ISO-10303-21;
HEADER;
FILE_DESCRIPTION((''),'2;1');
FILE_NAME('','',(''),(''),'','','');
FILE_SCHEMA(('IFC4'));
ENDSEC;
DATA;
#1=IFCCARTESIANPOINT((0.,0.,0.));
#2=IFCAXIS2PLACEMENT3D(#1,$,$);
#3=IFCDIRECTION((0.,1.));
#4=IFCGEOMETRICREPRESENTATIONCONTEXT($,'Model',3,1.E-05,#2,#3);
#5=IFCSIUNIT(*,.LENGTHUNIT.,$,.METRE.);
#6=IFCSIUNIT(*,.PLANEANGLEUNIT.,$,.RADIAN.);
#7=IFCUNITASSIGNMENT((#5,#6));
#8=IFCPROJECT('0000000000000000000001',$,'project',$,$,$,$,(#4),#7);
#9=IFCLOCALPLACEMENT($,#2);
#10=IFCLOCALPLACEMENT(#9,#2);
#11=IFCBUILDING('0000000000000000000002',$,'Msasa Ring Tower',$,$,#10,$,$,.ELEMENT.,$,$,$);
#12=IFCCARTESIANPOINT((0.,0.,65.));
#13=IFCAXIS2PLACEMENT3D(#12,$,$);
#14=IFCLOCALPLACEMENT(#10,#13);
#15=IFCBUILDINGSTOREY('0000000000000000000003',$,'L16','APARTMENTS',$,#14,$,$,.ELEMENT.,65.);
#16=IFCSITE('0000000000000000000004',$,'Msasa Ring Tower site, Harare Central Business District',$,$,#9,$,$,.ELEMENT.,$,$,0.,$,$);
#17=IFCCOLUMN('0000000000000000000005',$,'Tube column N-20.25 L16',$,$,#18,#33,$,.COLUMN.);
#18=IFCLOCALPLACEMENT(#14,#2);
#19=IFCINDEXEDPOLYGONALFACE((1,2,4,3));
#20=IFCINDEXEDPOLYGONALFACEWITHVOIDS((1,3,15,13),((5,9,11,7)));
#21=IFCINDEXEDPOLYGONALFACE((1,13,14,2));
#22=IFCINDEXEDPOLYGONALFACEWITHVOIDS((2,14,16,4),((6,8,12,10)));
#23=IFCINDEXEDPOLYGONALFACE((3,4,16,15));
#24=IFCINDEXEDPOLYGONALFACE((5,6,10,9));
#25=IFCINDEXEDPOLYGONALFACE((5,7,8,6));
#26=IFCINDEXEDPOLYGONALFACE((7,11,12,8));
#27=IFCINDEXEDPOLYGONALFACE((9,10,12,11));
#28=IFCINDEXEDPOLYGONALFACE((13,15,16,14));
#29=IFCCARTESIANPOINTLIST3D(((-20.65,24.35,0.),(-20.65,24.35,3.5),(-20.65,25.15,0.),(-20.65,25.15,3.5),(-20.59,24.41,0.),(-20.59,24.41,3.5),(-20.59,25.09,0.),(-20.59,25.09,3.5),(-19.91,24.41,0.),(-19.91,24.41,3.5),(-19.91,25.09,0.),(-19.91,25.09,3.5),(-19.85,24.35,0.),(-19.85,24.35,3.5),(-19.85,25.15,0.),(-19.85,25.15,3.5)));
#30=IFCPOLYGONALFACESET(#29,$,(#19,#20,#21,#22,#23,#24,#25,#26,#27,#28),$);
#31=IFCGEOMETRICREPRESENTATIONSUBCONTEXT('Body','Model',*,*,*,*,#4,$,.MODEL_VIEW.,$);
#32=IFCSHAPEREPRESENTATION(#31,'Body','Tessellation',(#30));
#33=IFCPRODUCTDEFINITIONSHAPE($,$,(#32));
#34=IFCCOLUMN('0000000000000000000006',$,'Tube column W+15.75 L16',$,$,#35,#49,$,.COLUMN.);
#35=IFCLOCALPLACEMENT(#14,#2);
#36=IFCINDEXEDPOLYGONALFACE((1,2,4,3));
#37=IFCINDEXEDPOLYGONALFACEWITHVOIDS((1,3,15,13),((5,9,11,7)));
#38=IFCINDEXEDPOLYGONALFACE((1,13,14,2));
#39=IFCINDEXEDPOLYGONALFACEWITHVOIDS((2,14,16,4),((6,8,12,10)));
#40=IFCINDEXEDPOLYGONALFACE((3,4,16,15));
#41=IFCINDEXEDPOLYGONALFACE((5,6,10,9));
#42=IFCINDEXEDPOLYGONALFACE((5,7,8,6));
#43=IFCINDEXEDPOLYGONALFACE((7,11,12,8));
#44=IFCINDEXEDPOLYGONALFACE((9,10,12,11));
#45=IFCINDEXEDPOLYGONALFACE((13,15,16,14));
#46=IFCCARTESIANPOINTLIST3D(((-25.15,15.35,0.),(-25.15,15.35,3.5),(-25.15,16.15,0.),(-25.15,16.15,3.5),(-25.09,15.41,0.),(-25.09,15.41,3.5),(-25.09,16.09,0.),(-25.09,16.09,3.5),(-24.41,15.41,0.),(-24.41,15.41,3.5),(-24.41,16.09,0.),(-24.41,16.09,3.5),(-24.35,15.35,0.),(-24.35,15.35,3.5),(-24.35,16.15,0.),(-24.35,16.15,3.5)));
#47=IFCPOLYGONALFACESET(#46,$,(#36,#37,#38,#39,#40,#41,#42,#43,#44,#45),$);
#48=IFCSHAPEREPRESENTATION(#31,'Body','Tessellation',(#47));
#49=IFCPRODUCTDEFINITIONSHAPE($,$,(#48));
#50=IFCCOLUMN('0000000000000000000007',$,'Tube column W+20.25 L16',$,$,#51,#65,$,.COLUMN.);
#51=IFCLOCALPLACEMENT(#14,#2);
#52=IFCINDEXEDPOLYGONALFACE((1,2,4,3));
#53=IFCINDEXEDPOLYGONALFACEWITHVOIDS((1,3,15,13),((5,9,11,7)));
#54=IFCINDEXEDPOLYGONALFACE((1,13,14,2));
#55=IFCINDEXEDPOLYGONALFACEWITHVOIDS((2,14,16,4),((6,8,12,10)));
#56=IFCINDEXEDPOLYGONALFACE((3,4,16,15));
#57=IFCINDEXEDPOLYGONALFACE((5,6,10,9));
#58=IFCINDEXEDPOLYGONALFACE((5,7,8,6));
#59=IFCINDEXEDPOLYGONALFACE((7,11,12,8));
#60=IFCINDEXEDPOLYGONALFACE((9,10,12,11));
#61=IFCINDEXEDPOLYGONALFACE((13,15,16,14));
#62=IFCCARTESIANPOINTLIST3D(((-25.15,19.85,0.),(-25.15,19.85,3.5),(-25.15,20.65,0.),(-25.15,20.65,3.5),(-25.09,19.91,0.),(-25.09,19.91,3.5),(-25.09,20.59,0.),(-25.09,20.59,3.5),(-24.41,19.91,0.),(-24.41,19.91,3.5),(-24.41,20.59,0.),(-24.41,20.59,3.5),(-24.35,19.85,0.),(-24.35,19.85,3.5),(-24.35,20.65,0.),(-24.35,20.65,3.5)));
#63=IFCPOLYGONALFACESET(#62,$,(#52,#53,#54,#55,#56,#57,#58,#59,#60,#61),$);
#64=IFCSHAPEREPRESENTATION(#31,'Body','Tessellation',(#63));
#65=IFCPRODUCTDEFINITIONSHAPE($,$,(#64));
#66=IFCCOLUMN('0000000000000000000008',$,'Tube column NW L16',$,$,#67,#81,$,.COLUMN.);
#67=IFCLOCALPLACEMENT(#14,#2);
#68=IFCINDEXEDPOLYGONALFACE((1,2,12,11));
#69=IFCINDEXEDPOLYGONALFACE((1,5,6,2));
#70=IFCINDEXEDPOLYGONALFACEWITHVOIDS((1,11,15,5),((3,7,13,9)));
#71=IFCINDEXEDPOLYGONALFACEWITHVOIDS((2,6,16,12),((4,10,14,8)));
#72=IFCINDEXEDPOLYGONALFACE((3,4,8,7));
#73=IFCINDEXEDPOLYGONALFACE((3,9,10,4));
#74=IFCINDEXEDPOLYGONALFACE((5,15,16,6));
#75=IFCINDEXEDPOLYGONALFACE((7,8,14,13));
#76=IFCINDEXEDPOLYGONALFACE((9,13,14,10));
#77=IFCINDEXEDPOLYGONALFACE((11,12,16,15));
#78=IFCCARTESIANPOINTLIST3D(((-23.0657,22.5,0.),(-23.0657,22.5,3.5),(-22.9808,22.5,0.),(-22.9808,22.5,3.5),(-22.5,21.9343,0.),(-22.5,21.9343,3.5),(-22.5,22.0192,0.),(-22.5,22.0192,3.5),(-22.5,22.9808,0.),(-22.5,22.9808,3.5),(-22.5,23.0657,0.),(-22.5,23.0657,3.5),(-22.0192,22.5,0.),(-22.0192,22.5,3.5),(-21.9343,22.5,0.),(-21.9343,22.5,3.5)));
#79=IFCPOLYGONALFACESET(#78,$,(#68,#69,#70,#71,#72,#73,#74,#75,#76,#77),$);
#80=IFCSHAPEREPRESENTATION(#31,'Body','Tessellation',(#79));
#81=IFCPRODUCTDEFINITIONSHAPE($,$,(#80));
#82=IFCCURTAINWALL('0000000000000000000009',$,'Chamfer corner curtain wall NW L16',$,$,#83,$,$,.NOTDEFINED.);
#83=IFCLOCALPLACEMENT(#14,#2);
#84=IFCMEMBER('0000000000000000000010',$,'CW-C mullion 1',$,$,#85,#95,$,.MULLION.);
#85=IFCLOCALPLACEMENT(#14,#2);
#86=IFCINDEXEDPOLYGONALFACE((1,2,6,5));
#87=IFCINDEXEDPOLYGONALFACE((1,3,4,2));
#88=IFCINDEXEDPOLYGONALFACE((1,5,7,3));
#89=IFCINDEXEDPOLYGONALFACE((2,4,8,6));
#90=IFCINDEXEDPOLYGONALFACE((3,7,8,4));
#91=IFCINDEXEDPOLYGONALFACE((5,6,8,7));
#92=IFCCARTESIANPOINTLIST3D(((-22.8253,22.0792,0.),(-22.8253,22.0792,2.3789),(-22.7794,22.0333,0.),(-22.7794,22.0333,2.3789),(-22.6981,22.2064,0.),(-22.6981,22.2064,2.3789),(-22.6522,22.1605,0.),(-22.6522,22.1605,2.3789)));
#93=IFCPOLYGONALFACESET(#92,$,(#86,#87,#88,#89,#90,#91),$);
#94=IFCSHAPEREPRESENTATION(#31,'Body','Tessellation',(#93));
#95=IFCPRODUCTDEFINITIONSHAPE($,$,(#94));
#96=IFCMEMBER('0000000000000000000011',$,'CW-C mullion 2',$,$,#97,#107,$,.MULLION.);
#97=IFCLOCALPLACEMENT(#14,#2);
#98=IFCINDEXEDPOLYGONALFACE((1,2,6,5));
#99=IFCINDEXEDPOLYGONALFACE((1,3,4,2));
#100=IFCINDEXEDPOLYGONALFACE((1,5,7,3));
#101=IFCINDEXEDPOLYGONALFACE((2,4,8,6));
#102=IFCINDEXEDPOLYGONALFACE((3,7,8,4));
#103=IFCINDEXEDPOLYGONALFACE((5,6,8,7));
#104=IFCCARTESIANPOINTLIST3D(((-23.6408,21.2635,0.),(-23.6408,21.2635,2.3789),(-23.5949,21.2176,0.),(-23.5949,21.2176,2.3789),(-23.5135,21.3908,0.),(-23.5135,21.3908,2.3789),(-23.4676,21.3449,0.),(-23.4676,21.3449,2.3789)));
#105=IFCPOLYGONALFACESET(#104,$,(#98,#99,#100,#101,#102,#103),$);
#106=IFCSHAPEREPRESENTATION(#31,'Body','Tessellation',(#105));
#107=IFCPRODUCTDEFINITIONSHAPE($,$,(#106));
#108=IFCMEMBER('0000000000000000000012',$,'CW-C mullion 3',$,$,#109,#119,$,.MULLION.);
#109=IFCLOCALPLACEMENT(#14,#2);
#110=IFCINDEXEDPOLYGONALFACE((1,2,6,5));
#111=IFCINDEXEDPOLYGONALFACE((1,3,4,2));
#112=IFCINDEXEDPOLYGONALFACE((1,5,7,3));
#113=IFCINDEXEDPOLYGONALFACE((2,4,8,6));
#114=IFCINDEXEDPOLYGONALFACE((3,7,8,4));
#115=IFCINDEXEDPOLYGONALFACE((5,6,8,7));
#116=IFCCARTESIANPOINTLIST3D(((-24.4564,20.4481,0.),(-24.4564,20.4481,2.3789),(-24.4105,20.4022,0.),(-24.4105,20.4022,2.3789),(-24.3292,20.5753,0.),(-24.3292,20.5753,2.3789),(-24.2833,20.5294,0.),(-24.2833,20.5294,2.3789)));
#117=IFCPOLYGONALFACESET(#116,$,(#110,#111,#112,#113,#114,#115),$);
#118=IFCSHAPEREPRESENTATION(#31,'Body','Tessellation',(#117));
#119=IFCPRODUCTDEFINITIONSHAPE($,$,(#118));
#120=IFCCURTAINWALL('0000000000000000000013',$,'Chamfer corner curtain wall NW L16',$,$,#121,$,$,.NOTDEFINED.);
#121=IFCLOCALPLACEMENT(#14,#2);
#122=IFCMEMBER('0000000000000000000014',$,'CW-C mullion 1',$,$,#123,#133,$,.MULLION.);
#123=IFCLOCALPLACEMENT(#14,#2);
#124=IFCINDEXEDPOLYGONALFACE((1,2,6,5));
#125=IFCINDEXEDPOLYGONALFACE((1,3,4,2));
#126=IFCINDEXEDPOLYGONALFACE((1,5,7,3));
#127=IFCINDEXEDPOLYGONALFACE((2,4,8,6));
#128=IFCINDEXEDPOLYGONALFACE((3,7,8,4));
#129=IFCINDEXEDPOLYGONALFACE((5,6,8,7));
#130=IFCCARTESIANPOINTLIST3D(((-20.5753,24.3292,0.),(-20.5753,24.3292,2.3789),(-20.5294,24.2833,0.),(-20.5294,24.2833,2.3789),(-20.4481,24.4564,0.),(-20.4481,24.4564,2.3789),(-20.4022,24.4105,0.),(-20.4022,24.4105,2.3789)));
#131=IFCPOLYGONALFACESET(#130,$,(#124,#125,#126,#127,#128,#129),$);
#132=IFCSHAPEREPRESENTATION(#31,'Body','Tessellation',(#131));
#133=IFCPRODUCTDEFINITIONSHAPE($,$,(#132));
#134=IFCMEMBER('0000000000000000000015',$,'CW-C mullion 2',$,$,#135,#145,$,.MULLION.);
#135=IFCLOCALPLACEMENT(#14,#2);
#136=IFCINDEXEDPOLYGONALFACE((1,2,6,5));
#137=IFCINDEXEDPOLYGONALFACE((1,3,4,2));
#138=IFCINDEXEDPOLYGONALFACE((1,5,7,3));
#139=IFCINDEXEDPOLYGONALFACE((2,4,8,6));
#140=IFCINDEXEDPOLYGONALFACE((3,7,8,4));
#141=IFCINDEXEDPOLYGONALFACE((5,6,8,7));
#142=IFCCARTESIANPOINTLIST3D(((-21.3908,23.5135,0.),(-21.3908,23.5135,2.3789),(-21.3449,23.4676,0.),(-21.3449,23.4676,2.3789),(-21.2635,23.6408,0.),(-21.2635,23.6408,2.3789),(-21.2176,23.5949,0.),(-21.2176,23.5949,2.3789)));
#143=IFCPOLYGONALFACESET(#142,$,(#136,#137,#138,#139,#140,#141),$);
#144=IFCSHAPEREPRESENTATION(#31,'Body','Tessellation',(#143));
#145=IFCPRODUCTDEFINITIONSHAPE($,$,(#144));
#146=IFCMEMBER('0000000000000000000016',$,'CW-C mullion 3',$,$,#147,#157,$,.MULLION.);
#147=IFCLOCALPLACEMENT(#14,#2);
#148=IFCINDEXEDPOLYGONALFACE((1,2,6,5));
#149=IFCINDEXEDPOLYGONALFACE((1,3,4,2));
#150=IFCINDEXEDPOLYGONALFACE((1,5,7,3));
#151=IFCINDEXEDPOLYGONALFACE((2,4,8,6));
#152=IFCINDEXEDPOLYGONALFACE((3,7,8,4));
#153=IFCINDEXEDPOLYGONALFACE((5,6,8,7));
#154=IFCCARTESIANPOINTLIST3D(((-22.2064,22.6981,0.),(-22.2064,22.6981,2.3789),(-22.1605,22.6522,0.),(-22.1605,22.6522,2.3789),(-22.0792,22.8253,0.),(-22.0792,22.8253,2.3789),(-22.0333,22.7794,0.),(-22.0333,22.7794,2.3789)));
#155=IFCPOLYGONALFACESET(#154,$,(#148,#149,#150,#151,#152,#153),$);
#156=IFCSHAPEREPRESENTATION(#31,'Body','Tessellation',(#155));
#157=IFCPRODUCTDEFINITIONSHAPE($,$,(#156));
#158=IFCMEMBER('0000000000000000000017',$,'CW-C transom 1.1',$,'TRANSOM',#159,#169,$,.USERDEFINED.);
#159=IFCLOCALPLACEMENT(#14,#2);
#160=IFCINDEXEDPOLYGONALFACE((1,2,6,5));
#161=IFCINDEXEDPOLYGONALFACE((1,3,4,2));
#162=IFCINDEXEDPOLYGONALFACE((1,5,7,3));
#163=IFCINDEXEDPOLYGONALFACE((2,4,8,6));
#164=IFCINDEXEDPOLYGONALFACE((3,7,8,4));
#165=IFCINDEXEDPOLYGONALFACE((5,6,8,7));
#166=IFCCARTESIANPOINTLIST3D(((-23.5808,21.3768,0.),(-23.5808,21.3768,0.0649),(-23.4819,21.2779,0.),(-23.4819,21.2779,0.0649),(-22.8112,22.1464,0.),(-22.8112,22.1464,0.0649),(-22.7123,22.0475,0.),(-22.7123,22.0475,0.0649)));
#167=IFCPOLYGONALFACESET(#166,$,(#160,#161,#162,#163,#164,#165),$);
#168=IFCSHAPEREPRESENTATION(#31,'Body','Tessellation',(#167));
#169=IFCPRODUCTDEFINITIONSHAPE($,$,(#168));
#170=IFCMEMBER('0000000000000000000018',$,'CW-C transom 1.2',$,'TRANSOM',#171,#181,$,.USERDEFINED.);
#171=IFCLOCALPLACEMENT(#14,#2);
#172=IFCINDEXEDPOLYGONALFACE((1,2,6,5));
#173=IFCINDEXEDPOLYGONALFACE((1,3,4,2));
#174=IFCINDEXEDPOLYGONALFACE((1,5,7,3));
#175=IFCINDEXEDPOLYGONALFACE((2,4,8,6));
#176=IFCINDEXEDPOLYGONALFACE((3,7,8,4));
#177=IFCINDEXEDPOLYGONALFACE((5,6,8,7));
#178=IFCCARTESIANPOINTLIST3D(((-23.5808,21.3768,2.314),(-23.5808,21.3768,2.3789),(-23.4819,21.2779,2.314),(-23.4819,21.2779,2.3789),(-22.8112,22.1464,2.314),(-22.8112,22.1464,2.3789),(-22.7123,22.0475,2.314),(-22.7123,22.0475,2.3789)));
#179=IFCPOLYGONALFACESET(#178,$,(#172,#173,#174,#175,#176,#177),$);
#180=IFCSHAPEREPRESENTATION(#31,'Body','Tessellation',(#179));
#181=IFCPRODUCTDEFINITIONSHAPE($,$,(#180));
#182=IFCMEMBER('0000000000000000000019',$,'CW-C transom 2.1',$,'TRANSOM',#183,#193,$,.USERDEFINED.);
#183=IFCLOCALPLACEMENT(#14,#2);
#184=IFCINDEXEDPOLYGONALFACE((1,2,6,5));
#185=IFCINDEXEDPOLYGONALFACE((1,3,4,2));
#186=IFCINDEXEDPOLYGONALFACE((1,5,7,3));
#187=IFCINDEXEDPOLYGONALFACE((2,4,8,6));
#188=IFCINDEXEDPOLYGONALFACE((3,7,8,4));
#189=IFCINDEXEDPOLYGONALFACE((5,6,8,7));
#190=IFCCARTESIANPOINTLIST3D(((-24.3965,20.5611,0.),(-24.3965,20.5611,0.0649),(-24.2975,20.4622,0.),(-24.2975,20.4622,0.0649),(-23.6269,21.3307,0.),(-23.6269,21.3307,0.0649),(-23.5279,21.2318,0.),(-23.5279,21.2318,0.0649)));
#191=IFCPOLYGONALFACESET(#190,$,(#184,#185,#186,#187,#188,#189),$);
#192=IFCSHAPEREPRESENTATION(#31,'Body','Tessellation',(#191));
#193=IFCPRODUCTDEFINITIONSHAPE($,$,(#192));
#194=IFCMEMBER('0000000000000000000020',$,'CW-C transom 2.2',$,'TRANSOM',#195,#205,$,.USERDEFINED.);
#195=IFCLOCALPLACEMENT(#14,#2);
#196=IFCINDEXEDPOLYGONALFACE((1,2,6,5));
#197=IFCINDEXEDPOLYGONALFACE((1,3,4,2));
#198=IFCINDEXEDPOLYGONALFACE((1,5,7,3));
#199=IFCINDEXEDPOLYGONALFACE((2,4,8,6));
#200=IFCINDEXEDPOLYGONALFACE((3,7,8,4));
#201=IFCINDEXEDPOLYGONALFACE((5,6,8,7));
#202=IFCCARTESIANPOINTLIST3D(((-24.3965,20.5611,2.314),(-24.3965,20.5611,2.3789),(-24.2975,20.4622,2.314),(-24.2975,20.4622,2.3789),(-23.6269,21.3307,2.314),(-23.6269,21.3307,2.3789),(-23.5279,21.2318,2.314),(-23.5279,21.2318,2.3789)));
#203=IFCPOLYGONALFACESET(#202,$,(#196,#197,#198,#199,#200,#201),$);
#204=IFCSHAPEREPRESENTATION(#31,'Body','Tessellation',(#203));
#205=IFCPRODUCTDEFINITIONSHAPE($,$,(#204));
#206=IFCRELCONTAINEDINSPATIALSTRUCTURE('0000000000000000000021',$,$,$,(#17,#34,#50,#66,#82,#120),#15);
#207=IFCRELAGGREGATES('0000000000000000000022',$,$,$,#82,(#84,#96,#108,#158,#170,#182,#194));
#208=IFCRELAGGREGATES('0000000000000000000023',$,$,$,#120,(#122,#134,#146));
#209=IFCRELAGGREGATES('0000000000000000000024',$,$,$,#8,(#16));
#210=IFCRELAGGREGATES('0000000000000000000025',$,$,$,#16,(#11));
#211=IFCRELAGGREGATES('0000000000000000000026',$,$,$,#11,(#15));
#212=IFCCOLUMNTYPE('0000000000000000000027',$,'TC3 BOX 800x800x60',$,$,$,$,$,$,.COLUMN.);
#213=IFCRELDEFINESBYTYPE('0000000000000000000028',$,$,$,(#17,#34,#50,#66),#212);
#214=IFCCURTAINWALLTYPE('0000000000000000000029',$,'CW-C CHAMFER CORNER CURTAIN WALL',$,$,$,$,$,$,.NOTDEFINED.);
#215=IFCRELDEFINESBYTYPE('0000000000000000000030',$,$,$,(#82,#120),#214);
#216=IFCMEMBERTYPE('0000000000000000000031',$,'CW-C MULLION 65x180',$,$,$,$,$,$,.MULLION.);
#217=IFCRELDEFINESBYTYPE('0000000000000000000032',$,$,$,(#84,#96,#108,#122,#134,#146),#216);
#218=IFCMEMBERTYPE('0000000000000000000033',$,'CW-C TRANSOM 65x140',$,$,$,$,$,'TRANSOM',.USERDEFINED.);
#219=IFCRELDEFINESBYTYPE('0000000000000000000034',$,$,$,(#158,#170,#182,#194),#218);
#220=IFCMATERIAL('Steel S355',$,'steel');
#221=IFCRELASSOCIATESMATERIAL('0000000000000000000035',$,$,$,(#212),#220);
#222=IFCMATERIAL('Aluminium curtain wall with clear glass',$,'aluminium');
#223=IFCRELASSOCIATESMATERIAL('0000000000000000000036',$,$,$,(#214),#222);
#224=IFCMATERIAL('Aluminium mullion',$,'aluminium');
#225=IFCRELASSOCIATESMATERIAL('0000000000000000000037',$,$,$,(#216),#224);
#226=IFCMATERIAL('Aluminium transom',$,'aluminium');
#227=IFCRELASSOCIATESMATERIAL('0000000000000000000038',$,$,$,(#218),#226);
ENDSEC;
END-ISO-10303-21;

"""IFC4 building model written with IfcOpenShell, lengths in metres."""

from ifc_helpers import new_model, si_unit, direction, frame, origin, origin_2d, place, context, subcontext, project, spatial, rectangle, hollow_rectangle, extrude, material, material_profile, profile_set, type_object, element, aggregate, save


model = new_model("IFC4")

# Units and contexts
model_context = context("Model", 3, precision=1e-05, world=origin(), true_north=direction((0.0, 1.0)))
body_context = subcontext(model_context, "Body", "Model", "MODEL_VIEW")
ifc_project = project(units=[si_unit("LENGTHUNIT", "METRE"), si_unit("PLANEANGLEUNIT", "RADIAN")], contexts=[model_context])

# Site, building, storey
site_placement = place(None, origin())
site = spatial("IfcSite", under=ifc_project, at=site_placement, Name="Msasa Ring Tower site, Harare Central Business District", CompositionType="ELEMENT", RefElevation=0.0)
building_placement = place(site_placement, origin())
building = spatial("IfcBuilding", under=site, at=building_placement, Name="Msasa Ring Tower", CompositionType="ELEMENT")
storey_placement = place(building_placement, frame((0.0, 0.0, 65.0)))
storey = spatial("IfcBuildingStorey", under=building, at=storey_placement, Name="L16", Description="APARTMENTS", CompositionType="ELEMENT", Elevation=65.0)

# Columns
ifc_material_1 = material(Name="Steel S355", Category="steel")
ifc_material_profile_1 = material_profile(ifc_material_1, hollow_rectangle(XDim=0.8, YDim=0.8, WallThickness=0.0601, at=origin_2d()), Name="BOX 800x800x60")
ifc_profile_set_1 = profile_set([ifc_material_profile_1], Name="Steel S355")
column_type = type_object("IfcColumnType", Name="TC3 BOX 800x800x60", PredefinedType="COLUMN", material=ifc_profile_set_1)
for number, where, z_axis, x_axis, name in (
    (1, (-20.25, 24.75, 0.0), (0.0, 0.0, 1.0), (0.0, 1.0, 0.0), "Tube column N-20.25 L16"),
    (2, (-24.75, 15.75, 0.0), (0.0, 0.0, 1.0), (1.0, 0.0, 0.0), "Tube column W+15.75 L16"),
    (3, (-24.75, 20.25, 0.0), (0.0, 0.0, 1.0), (1.0, 0.0, 0.0), "Tube column W+20.25 L16"),
    (4, (-22.5, 22.5, 0.0), (0.0, 0.0, 1.0), (0.707107, -0.707107, 0.0), "Tube column NW L16"),
):
    element("IfcColumn", number, at=place(storey_placement, frame(where, z_axis=z_axis, x_axis=x_axis)), inside=storey, type_object=column_type, Name=name, PredefinedType="COLUMN", context=body_context, shape_type="SweptSolid", body=[
        extrude(hollow_rectangle(XDim=0.8, YDim=0.8, WallThickness=0.0601, at=origin_2d()), origin(), (0.0, 0.0, 1.0), 3.5),
    ])

# Curtain walls, members
ifc_material_2 = material(Name="Aluminium curtain wall with clear glass", Category="aluminium")
curtain_wall_type = type_object("IfcCurtainWallType", Name="CW-C CHAMFER CORNER CURTAIN WALL", PredefinedType="NOTDEFINED", material=ifc_material_2)
curtain_wall_1_placement = place(storey_placement, origin())
curtain_wall_1 = element("IfcCurtainWall", 5, at=curtain_wall_1_placement, inside=storey, type_object=curtain_wall_type, Name="Chamfer corner curtain wall NW L16", PredefinedType="NOTDEFINED")
ifc_material_3 = material(Name="Aluminium mullion", Category="aluminium")
ifc_material_profile_2 = material_profile(ifc_material_3, rectangle(XDim=0.0649, YDim=0.1799, at=origin_2d()), Name="AL 65x180")
ifc_profile_set_2 = profile_set([ifc_material_profile_2], Name="Aluminium mullion")
member_type_1 = type_object("IfcMemberType", Name="CW-C MULLION 65x180", PredefinedType="MULLION", material=ifc_profile_set_2)
member_1_placement = place(storey_placement, frame((-22.7388, 22.1199, 0.0), z_axis=(0.0, 0.0, 1.0), x_axis=(0.707107, -0.707107, 0.0)))
member_1 = element("IfcMember", 6, at=member_1_placement, type_object=member_type_1, Name="CW-C mullion 1", PredefinedType="MULLION", context=body_context, shape_type="SweptSolid", body=[
    extrude(rectangle(XDim=0.0649, YDim=0.1799, at=origin_2d()), origin(), (0.0, 0.0, 1.0), 2.3789),
])
member_2_placement = place(storey_placement, frame((-23.5542, 21.3042, 0.0), z_axis=(0.0, 0.0, 1.0), x_axis=(0.707107, -0.707107, 0.0)))
member_2 = element("IfcMember", 7, at=member_2_placement, type_object=member_type_1, Name="CW-C mullion 2", PredefinedType="MULLION", context=body_context, shape_type="SweptSolid", body=[
    extrude(rectangle(XDim=0.0649, YDim=0.1799, at=origin_2d()), origin(), (0.0, 0.0, 1.0), 2.3789),
])
member_3_placement = place(storey_placement, frame((-24.3699, 20.4888, 0.0), z_axis=(0.0, 0.0, 1.0), x_axis=(0.707107, -0.707107, 0.0)))
member_3 = element("IfcMember", 8, at=member_3_placement, type_object=member_type_1, Name="CW-C mullion 3", PredefinedType="MULLION", context=body_context, shape_type="SweptSolid", body=[
    extrude(rectangle(XDim=0.0649, YDim=0.1799, at=origin_2d()), origin(), (0.0, 0.0, 1.0), 2.3789),
])
curtain_wall_2_placement = place(storey_placement, origin())
curtain_wall_2 = element("IfcCurtainWall", 9, at=curtain_wall_2_placement, inside=storey, type_object=curtain_wall_type, Name="Chamfer corner curtain wall NW L16", PredefinedType="NOTDEFINED")
member_4_placement = place(storey_placement, frame((-20.4888, 24.3699, 0.0), z_axis=(0.0, 0.0, 1.0), x_axis=(0.707107, -0.707107, 0.0)))
member_4 = element("IfcMember", 10, at=member_4_placement, type_object=member_type_1, Name="CW-C mullion 1", PredefinedType="MULLION", context=body_context, shape_type="SweptSolid", body=[
    extrude(rectangle(XDim=0.0649, YDim=0.1799, at=origin_2d()), origin(), (0.0, 0.0, 1.0), 2.3789),
])
member_5_placement = place(storey_placement, frame((-21.3042, 23.5542, 0.0), z_axis=(0.0, 0.0, 1.0), x_axis=(0.707107, -0.707107, 0.0)))
member_5 = element("IfcMember", 11, at=member_5_placement, type_object=member_type_1, Name="CW-C mullion 2", PredefinedType="MULLION", context=body_context, shape_type="SweptSolid", body=[
    extrude(rectangle(XDim=0.0649, YDim=0.1799, at=origin_2d()), origin(), (0.0, 0.0, 1.0), 2.3789),
])
member_6_placement = place(storey_placement, frame((-22.1199, 22.7388, 0.0), z_axis=(0.0, 0.0, 1.0), x_axis=(0.707107, -0.707107, 0.0)))
member_6 = element("IfcMember", 12, at=member_6_placement, type_object=member_type_1, Name="CW-C mullion 3", PredefinedType="MULLION", context=body_context, shape_type="SweptSolid", body=[
    extrude(rectangle(XDim=0.0649, YDim=0.1799, at=origin_2d()), origin(), (0.0, 0.0, 1.0), 2.3789),
])

# Members
ifc_material_4 = material(Name="Aluminium transom", Category="aluminium")
ifc_material_profile_3 = material_profile(ifc_material_4, rectangle(XDim=0.1399, YDim=0.0649, at=origin_2d()), Name="AL 65x140")
ifc_profile_set_3 = profile_set([ifc_material_profile_3], Name="Aluminium transom")
member_type_2 = type_object("IfcMemberType", Name="CW-C TRANSOM 65x140", ElementType="TRANSOM", PredefinedType="USERDEFINED", material=ifc_profile_set_3)
member_7_placement = place(storey_placement, frame((-22.7617, 22.0969, 0.0325), z_axis=(-0.707107, -0.707107, 0.0), x_axis=(0.707107, -0.707107, 0.0)))
member_7 = element("IfcMember", 13, at=member_7_placement, type_object=member_type_2, Name="CW-C transom 1.1", ObjectType="TRANSOM", PredefinedType="USERDEFINED", context=body_context, shape_type="SweptSolid", body=[
    extrude(rectangle(XDim=0.1399, YDim=0.0649, at=origin_2d()), origin(), (0.0, 0.0, 1.0), 1.0884),
])
member_8_placement = place(storey_placement, frame((-22.7617, 22.0969, 2.3464), z_axis=(-0.707107, -0.707107, 0.0), x_axis=(0.707107, -0.707107, 0.0)))
member_8 = element("IfcMember", 14, at=member_8_placement, type_object=member_type_2, Name="CW-C transom 1.2", ObjectType="TRANSOM", PredefinedType="USERDEFINED", context=body_context, shape_type="SweptSolid", body=[
    extrude(rectangle(XDim=0.1399, YDim=0.0649, at=origin_2d()), origin(), (0.0, 0.0, 1.0), 1.0884),
])
member_9_placement = place(storey_placement, frame((-23.5774, 21.2812, 0.0325), z_axis=(-0.707107, -0.707107, 0.0), x_axis=(0.707107, -0.707107, 0.0)))
member_9 = element("IfcMember", 15, at=member_9_placement, type_object=member_type_2, Name="CW-C transom 2.1", ObjectType="TRANSOM", PredefinedType="USERDEFINED", context=body_context, shape_type="SweptSolid", body=[
    extrude(rectangle(XDim=0.1399, YDim=0.0649, at=origin_2d()), origin(), (0.0, 0.0, 1.0), 1.0884),
])
member_10_placement = place(storey_placement, frame((-23.5774, 21.2812, 2.3464), z_axis=(-0.707107, -0.707107, 0.0), x_axis=(0.707107, -0.707107, 0.0)))
member_10 = element("IfcMember", 16, at=member_10_placement, type_object=member_type_2, Name="CW-C transom 2.2", ObjectType="TRANSOM", PredefinedType="USERDEFINED", context=body_context, shape_type="SweptSolid", body=[
    extrude(rectangle(XDim=0.1399, YDim=0.0649, at=origin_2d()), origin(), (0.0, 0.0, 1.0), 1.0884),
])

aggregate(curtain_wall_1, [member_1, member_2, member_3, member_7, member_8, member_9, member_10])
aggregate(curtain_wall_2, [member_4, member_5, member_6])

save(model, "model.ifc")
